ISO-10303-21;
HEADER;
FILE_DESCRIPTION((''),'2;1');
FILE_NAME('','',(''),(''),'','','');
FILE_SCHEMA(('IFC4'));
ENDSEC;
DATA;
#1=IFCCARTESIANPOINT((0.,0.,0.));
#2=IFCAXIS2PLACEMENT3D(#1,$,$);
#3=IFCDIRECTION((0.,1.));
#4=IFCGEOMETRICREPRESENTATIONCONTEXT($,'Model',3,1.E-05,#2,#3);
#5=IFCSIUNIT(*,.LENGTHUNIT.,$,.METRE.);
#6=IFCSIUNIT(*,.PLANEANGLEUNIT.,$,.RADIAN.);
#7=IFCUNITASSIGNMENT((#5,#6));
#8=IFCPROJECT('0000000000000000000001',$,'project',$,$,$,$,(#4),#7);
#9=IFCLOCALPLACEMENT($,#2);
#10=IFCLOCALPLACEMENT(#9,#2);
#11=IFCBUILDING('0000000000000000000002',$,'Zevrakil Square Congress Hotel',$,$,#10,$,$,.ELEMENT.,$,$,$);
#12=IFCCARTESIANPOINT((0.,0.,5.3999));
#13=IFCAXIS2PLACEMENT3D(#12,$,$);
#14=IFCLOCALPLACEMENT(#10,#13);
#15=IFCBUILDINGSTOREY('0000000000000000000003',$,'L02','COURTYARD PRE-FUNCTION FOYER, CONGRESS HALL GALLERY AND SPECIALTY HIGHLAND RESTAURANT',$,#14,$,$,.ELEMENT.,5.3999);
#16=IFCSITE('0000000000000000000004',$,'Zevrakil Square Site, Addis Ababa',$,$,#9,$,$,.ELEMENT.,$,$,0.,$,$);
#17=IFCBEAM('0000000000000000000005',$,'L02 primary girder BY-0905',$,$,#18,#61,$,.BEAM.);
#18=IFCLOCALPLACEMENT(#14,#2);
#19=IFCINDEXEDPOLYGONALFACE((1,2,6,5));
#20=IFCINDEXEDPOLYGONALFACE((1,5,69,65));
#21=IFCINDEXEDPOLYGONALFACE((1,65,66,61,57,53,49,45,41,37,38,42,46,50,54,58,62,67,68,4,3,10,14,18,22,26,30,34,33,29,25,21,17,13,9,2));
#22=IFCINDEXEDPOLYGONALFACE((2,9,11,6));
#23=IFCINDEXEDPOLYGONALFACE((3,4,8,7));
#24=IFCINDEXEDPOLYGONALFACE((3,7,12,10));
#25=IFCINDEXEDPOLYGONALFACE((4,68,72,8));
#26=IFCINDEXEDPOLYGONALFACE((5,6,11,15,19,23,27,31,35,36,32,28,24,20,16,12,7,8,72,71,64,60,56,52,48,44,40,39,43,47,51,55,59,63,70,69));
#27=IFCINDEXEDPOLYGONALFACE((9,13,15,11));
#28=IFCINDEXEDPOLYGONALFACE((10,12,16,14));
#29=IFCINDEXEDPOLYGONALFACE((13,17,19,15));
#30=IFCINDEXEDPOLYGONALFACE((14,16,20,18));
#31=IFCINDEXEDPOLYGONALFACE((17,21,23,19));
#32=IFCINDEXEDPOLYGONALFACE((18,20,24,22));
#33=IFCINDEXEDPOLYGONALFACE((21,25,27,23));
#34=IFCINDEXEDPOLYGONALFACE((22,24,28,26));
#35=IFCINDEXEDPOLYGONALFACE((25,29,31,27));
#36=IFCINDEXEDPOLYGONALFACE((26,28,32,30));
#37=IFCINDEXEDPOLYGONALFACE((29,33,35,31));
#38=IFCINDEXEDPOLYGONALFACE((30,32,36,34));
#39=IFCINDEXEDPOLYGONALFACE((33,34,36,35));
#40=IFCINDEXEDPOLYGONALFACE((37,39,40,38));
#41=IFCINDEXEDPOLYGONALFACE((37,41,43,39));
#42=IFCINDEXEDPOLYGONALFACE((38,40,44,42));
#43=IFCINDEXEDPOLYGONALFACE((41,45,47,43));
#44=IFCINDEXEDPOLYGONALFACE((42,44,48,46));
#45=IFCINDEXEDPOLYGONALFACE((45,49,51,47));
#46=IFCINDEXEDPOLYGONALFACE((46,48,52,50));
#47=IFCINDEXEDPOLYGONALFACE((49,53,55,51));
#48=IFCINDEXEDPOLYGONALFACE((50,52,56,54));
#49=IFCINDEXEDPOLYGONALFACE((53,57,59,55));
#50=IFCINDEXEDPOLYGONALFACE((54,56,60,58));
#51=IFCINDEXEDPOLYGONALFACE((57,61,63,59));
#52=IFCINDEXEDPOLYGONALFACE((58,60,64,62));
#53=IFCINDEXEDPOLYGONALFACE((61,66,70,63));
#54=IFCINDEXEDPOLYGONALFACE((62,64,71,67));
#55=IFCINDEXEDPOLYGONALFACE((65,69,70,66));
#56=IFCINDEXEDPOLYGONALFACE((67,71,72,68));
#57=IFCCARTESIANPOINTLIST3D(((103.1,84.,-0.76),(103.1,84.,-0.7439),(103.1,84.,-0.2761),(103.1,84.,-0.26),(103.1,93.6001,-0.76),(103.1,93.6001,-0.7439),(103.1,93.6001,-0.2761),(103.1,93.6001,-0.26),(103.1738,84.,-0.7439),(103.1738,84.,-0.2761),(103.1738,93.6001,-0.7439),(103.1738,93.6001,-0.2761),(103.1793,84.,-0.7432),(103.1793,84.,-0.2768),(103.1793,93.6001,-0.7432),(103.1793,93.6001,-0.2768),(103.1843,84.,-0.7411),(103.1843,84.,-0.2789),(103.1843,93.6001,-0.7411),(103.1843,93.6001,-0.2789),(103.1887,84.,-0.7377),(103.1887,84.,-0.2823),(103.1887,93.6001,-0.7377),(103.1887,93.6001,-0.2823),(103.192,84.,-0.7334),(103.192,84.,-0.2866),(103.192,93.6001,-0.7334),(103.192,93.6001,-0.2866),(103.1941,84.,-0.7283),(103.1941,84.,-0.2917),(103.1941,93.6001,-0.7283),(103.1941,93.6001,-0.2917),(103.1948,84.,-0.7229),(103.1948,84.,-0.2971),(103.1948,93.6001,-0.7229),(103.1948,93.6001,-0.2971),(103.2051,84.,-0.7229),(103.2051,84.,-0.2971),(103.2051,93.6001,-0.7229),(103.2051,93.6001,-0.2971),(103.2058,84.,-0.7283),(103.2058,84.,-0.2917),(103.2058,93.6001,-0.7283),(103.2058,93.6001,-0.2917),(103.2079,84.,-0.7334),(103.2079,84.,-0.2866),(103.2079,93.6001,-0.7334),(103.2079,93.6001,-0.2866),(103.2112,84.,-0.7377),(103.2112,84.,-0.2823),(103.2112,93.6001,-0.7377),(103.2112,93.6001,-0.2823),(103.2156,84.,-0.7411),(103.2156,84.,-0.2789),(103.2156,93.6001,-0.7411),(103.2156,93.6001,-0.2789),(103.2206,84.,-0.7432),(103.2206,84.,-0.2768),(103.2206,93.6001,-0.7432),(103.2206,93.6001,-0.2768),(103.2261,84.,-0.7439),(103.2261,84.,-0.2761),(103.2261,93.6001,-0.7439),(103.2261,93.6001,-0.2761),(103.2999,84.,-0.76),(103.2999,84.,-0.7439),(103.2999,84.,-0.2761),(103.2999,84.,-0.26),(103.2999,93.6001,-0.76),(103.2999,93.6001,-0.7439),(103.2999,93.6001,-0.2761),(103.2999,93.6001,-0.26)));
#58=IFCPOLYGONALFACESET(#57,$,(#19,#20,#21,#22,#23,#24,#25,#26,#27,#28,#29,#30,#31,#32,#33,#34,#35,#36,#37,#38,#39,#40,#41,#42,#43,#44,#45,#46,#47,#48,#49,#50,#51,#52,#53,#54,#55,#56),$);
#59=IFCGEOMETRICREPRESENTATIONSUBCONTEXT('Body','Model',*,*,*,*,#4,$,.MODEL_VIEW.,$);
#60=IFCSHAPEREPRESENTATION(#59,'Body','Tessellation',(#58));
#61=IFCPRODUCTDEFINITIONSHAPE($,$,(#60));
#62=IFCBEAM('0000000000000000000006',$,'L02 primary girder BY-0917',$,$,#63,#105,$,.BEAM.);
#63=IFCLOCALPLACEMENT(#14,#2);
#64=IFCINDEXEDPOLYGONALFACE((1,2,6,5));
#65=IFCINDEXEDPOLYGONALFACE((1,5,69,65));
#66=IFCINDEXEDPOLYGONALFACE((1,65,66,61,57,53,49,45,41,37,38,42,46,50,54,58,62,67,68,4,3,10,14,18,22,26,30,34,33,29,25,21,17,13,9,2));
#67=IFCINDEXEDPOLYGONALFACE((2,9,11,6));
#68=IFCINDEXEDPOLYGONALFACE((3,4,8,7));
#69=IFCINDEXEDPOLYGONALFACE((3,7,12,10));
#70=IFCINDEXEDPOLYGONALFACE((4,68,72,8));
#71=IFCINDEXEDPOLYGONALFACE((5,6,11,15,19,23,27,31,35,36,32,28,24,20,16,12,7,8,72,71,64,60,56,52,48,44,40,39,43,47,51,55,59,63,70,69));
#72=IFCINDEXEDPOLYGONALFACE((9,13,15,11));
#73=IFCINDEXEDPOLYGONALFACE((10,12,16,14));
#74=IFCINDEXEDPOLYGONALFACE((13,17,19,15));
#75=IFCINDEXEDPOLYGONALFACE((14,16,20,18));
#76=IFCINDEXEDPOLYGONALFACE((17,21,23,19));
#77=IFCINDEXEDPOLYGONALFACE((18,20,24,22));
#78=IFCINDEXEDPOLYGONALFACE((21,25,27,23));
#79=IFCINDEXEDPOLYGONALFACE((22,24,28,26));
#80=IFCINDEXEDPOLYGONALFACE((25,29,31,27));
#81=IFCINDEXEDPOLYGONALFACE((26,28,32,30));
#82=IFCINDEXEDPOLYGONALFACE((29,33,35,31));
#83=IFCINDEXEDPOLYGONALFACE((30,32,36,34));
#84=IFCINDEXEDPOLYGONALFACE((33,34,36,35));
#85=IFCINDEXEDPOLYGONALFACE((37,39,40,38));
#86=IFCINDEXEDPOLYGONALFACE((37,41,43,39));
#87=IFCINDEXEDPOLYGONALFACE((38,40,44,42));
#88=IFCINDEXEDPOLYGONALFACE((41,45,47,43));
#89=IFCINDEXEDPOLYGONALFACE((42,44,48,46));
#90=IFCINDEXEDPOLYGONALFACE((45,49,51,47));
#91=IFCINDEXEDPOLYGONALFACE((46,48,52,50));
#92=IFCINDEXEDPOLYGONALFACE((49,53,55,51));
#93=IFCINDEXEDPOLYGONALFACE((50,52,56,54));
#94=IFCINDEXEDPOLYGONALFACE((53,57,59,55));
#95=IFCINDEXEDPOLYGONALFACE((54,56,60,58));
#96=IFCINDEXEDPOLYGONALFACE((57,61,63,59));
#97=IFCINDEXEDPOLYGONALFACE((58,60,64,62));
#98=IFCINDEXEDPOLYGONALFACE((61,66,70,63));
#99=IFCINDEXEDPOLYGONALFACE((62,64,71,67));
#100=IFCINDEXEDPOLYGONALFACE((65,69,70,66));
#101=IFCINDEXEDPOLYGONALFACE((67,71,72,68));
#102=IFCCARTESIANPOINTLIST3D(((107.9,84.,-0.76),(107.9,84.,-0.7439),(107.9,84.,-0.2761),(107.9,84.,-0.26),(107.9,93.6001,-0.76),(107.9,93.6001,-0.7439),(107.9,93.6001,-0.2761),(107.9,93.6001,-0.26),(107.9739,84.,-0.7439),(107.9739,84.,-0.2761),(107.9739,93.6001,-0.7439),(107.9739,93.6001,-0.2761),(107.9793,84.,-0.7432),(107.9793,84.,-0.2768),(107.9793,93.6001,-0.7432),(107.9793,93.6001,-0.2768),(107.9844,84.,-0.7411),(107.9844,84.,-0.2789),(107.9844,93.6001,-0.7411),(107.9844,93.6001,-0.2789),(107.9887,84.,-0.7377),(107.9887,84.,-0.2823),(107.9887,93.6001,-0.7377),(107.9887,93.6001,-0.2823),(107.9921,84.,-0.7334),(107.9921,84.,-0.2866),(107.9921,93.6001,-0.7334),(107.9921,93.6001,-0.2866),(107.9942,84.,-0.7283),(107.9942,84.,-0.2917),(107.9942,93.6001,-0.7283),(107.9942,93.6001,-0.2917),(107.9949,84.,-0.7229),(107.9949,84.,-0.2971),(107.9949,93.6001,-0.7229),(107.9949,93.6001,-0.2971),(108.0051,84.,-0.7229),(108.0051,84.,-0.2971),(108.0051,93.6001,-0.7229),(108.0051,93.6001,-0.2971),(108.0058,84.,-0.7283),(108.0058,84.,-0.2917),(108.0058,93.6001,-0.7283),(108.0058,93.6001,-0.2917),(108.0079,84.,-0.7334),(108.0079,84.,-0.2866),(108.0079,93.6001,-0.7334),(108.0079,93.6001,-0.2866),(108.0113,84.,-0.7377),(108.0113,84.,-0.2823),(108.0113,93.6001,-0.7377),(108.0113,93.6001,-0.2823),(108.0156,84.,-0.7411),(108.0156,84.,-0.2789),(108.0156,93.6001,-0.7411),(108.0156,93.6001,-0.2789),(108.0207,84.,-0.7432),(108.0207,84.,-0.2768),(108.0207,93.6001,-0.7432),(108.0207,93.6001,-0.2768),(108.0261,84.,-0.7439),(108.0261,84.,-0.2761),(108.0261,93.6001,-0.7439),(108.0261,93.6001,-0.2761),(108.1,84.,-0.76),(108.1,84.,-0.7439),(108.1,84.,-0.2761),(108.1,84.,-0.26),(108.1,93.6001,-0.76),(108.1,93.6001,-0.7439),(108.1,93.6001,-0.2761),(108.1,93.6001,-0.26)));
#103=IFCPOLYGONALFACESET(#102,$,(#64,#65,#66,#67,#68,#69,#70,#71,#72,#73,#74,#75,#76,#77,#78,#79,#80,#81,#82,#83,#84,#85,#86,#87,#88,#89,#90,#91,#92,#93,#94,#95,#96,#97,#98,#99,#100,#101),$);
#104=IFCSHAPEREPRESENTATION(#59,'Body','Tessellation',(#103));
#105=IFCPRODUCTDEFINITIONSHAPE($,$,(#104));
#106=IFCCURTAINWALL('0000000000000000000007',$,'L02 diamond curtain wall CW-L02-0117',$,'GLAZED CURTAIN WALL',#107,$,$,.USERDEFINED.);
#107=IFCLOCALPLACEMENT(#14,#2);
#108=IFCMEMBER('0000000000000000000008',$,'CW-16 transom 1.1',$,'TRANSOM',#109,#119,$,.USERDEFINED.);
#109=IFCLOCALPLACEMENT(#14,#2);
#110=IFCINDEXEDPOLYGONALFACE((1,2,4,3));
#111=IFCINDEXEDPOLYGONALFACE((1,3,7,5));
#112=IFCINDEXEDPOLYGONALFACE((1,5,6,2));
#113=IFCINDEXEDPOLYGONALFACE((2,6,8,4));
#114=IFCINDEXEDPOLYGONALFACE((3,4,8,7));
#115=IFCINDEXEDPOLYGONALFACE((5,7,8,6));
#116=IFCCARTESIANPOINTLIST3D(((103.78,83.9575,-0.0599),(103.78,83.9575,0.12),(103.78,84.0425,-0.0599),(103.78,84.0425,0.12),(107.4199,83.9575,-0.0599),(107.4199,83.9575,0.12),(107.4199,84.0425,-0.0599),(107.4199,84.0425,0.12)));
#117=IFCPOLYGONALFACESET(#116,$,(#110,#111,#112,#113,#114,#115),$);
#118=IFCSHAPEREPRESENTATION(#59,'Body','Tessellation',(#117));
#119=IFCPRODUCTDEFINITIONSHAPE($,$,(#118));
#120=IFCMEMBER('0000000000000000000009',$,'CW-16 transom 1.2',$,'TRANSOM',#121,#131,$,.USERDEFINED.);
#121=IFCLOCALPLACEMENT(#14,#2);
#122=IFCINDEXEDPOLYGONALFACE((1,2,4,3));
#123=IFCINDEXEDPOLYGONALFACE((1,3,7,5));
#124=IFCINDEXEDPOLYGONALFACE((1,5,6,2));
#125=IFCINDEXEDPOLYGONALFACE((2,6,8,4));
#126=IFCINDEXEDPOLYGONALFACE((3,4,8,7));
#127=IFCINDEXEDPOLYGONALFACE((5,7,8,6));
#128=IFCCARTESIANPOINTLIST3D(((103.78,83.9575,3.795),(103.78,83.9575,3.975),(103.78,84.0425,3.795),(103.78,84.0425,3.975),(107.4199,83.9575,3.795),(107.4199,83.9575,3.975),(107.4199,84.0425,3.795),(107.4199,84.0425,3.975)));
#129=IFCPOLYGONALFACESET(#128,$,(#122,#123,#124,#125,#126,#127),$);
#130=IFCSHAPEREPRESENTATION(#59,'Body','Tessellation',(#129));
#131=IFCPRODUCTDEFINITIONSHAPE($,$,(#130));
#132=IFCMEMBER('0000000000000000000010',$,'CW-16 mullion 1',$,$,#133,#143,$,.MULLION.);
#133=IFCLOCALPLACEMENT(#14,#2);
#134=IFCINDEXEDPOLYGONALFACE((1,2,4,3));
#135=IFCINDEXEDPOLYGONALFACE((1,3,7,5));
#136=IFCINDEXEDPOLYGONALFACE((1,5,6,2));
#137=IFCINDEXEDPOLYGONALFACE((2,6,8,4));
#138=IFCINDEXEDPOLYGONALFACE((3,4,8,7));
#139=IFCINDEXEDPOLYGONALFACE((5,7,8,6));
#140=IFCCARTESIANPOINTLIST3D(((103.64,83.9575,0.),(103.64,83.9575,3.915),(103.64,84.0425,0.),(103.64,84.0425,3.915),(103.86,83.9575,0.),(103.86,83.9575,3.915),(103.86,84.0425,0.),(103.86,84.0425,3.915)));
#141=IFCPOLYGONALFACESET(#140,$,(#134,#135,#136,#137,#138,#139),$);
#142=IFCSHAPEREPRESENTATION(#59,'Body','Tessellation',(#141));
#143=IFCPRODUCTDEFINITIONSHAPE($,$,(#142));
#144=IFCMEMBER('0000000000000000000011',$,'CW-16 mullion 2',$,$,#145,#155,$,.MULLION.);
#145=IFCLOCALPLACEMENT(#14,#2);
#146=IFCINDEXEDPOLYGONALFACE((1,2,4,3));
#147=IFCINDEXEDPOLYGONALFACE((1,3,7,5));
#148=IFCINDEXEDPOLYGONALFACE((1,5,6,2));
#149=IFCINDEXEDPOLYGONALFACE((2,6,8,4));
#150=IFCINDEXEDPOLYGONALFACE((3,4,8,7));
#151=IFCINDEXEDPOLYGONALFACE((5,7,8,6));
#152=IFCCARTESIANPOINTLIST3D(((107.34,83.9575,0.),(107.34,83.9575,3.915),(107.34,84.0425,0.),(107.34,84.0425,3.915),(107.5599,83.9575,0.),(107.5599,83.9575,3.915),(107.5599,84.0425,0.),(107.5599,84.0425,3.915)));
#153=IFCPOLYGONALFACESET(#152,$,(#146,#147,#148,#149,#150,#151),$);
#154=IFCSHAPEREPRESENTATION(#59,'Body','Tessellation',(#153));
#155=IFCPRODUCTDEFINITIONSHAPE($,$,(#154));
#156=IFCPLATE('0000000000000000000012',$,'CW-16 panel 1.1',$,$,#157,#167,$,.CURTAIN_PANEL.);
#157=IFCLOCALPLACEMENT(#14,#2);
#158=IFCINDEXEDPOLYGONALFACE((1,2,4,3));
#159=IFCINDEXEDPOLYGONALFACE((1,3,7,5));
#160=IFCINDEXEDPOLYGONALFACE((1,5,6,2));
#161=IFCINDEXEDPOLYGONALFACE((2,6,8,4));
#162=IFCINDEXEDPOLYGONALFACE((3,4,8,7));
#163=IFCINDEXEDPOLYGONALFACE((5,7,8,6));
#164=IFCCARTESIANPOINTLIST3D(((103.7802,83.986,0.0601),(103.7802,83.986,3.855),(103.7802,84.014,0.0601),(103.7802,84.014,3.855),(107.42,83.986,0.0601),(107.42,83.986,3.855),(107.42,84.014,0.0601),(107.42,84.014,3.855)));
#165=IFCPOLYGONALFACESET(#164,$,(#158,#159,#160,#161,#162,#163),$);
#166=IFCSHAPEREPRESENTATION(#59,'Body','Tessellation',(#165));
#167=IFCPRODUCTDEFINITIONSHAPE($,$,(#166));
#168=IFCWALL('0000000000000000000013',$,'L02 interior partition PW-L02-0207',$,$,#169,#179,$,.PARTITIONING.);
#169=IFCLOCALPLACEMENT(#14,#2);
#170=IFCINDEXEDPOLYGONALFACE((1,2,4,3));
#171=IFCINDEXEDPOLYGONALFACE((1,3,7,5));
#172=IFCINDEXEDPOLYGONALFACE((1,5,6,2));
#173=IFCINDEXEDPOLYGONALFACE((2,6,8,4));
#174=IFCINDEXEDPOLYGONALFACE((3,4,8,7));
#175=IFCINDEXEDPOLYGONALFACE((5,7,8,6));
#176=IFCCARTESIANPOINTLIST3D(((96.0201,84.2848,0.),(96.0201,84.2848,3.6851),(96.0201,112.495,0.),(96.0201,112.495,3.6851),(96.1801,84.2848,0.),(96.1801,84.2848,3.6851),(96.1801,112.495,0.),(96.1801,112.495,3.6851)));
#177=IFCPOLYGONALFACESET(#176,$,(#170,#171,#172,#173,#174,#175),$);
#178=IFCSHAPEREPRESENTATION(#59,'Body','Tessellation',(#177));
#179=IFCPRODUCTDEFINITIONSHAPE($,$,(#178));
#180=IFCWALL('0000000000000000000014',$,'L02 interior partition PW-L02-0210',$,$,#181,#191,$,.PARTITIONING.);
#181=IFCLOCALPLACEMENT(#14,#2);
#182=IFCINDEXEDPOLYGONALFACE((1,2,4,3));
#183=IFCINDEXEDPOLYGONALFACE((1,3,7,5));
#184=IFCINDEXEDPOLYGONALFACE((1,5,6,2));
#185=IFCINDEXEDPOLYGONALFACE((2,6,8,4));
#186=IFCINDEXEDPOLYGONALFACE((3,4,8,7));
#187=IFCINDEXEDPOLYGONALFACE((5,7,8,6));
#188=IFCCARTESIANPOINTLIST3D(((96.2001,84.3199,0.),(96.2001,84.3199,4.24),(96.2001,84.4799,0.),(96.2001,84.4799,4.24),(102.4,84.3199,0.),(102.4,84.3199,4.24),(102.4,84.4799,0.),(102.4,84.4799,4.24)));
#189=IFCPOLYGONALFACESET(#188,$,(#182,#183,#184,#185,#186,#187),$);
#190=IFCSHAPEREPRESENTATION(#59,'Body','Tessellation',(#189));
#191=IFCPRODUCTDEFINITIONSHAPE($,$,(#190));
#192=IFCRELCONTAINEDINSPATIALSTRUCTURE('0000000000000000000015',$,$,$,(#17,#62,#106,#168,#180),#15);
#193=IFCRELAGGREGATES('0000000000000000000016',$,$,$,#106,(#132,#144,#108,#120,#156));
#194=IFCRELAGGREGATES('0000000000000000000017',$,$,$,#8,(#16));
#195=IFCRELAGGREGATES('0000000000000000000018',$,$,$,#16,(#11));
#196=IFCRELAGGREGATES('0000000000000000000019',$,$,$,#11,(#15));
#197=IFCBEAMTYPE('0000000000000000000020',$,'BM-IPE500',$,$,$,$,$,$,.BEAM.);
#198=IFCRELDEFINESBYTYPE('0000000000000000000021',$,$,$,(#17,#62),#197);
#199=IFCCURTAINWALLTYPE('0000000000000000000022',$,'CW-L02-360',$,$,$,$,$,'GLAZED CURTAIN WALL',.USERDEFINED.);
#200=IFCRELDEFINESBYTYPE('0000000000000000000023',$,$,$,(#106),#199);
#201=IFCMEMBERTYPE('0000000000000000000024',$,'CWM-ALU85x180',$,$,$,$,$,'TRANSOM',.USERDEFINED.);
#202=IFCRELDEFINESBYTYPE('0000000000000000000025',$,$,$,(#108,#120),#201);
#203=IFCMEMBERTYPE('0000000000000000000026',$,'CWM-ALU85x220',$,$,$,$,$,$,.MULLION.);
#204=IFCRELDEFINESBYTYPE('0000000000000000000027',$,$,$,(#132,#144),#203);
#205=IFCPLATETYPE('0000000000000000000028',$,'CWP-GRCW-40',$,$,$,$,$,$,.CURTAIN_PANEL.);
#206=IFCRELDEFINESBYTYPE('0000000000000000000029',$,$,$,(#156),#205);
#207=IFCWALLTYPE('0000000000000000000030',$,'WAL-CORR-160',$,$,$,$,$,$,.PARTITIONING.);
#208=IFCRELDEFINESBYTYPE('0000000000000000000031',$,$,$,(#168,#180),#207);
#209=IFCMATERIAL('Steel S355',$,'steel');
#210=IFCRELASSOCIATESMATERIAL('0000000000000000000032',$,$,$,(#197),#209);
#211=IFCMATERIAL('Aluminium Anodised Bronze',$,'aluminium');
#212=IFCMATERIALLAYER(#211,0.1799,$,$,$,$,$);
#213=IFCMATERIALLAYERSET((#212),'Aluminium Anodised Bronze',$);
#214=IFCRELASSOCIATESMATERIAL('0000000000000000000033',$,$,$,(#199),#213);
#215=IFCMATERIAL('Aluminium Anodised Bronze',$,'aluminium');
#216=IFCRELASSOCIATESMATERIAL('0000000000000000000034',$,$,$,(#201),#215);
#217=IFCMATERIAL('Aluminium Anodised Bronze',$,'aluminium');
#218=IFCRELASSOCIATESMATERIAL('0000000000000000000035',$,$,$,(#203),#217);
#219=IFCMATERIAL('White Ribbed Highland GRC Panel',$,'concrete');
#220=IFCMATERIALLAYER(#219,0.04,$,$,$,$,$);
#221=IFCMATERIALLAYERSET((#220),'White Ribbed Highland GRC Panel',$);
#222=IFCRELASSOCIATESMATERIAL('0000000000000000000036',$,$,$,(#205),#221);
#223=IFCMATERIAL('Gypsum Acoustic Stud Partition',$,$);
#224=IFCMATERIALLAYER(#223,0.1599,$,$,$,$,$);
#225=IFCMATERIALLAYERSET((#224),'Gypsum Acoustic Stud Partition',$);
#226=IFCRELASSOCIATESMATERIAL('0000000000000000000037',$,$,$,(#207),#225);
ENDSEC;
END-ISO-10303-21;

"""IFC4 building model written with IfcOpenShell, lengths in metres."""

from ifc_helpers import new_model, si_unit, direction, frame, frame_2d, origin, origin_2d, place, context, subcontext, project, spatial, rectangle, i_section, extrude, material, layer, layer_set, material_profile, profile_set, type_object, element, aggregate, save


model = new_model("IFC4")

# Units and contexts
model_context = context("Model", 3, precision=1e-05, world=origin(), true_north=direction((0.0, 1.0)))
body_context = subcontext(model_context, "Body", "Model", "MODEL_VIEW")
ifc_project = project(units=[si_unit("LENGTHUNIT", "METRE"), si_unit("PLANEANGLEUNIT", "RADIAN")], contexts=[model_context])

# Site, building, storey
site_placement = place(None, origin())
site = spatial("IfcSite", under=ifc_project, at=site_placement, Name="Zevrakil Square Site, Addis Ababa", CompositionType="ELEMENT", RefElevation=0.0)
building_placement = place(site_placement, origin())
building = spatial("IfcBuilding", under=site, at=building_placement, Name="Zevrakil Square Congress Hotel", CompositionType="ELEMENT")
storey_placement = place(building_placement, frame((0.0, 0.0, 5.3999)))
storey = spatial("IfcBuildingStorey", under=building, at=storey_placement, Name="L02", Description="COURTYARD PRE-FUNCTION FOYER, CONGRESS HALL GALLERY AND SPECIALTY HIGHLAND RESTAURANT", CompositionType="ELEMENT", Elevation=5.3999)

# Beams
ifc_material_1 = material(Name="Steel S355", Category="steel")
ifc_material_profile_1 = material_profile(ifc_material_1, i_section(OverallWidth=0.2, OverallDepth=0.5, WebThickness=0.0103, FlangeThickness=0.0161, FilletRadius=0.021, at=origin_2d()), Name="IPE 500")
ifc_profile_set_1 = profile_set([ifc_material_profile_1], Name="Steel S355")
beam_type_1 = type_object("IfcBeamType", Name="BM-IPE500", PredefinedType="BEAM", material=ifc_profile_set_1)
for number, where, z_axis, x_axis, name in (
    (1, (103.2, 84.0, -0.51), (0.0, 1.0, 0.0), (-1.0, 0.0, 0.0), "L02 primary girder BY-0905"),
    (2, (108.0, 84.0, -0.51), (0.0, 1.0, 0.0), (-1.0, 0.0, 0.0), "L02 primary girder BY-0917"),
):
    element("IfcBeam", number, at=place(storey_placement, frame(where, z_axis=z_axis, x_axis=x_axis)), inside=storey, type_object=beam_type_1, Name=name, PredefinedType="BEAM", context=body_context, shape_type="SweptSolid", body=[
        extrude(i_section(OverallWidth=0.2, OverallDepth=0.5, WebThickness=0.0103, FlangeThickness=0.0161, FilletRadius=0.021, at=origin_2d()), origin(), (0.0, 0.0, 1.0), 9.6001),
    ])

# Curtain wall, members, plate
ifc_material_2 = material(Name="Aluminium Anodised Bronze", Category="aluminium")
ifc_layer_1 = layer(ifc_material_2, 0.1799)
ifc_layer_set_1 = layer_set([ifc_layer_1], Name="Aluminium Anodised Bronze")
curtain_wall_type = type_object("IfcCurtainWallType", Name="CW-L02-360", ElementType="GLAZED CURTAIN WALL", PredefinedType="USERDEFINED", material=ifc_layer_set_1)
curtain_wall_placement = place(storey_placement, origin())
curtain_wall = element("IfcCurtainWall", 3, at=curtain_wall_placement, inside=storey, type_object=curtain_wall_type, Name="L02 diamond curtain wall CW-L02-0117", ObjectType="GLAZED CURTAIN WALL", PredefinedType="USERDEFINED")
ifc_material_3 = material(Name="Aluminium Anodised Bronze", Category="aluminium")
ifc_material_profile_2 = material_profile(ifc_material_3, rectangle(XDim=0.085, YDim=0.1799, at=origin_2d()), Name="ALU 85x180")
ifc_profile_set_2 = profile_set([ifc_material_profile_2], Name="Aluminium Anodised Bronze")
member_type_1 = type_object("IfcMemberType", Name="CWM-ALU85x180", ElementType="TRANSOM", PredefinedType="USERDEFINED", material=ifc_profile_set_2)
member_1_placement = place(storey_placement, frame((103.78, 84.0, 0.03), z_axis=(1.0, 0.0, 0.0), x_axis=(0.0, 1.0, 0.0)))
member_1 = element("IfcMember", 4, at=member_1_placement, type_object=member_type_1, Name="CW-16 transom 1.1", ObjectType="TRANSOM", PredefinedType="USERDEFINED", context=body_context, shape_type="SweptSolid", body=[
    extrude(rectangle(XDim=0.085, YDim=0.1799, at=origin_2d()), origin(), (0.0, 0.0, 1.0), 3.6399),
])
member_2_placement = place(storey_placement, frame((103.78, 84.0, 3.885), z_axis=(1.0, 0.0, 0.0), x_axis=(0.0, 1.0, 0.0)))
member_2 = element("IfcMember", 5, at=member_2_placement, type_object=member_type_1, Name="CW-16 transom 1.2", ObjectType="TRANSOM", PredefinedType="USERDEFINED", context=body_context, shape_type="SweptSolid", body=[
    extrude(rectangle(XDim=0.085, YDim=0.1799, at=origin_2d()), origin(), (0.0, 0.0, 1.0), 3.6399),
])
ifc_material_4 = material(Name="Aluminium Anodised Bronze", Category="aluminium")
ifc_material_profile_3 = material_profile(ifc_material_4, rectangle(XDim=0.085, YDim=0.22, at=origin_2d()), Name="ALU 85x220")
ifc_profile_set_3 = profile_set([ifc_material_profile_3], Name="Aluminium Anodised Bronze")
member_type_2 = type_object("IfcMemberType", Name="CWM-ALU85x220", PredefinedType="MULLION", material=ifc_profile_set_3)
member_3_placement = place(storey_placement, frame((103.75, 84.0, 0.0), z_axis=(0.0, 0.0, 1.0), x_axis=(0.0, 1.0, 0.0)))
member_3 = element("IfcMember", 6, at=member_3_placement, type_object=member_type_2, Name="CW-16 mullion 1", PredefinedType="MULLION", context=body_context, shape_type="SweptSolid", body=[
    extrude(rectangle(XDim=0.085, YDim=0.22, at=origin_2d()), origin(), (0.0, 0.0, 1.0), 3.915),
])
member_4_placement = place(storey_placement, frame((107.45, 84.0, 0.0), z_axis=(0.0, 0.0, 1.0), x_axis=(0.0, 1.0, 0.0)))
member_4 = element("IfcMember", 7, at=member_4_placement, type_object=member_type_2, Name="CW-16 mullion 2", PredefinedType="MULLION", context=body_context, shape_type="SweptSolid", body=[
    extrude(rectangle(XDim=0.085, YDim=0.22, at=origin_2d()), origin(), (0.0, 0.0, 1.0), 3.915),
])
ifc_material_5 = material(Name="White Ribbed Highland GRC Panel", Category="concrete")
ifc_layer_2 = layer(ifc_material_5, 0.04)
ifc_layer_set_2 = layer_set([ifc_layer_2], Name="White Ribbed Highland GRC Panel")
plate_type = type_object("IfcPlateType", Name="CWP-GRCW-40", PredefinedType="CURTAIN_PANEL", material=ifc_layer_set_2)
plate_placement = place(storey_placement, frame((105.6001, 84.0, 0.0601), z_axis=(0.0, 0.0, 1.0), x_axis=(1.0, 0.0, 0.0)))
plate = element("IfcPlate", 8, at=plate_placement, type_object=plate_type, Name="CW-16 panel 1.1", PredefinedType="CURTAIN_PANEL", context=body_context, shape_type="SweptSolid", body=[
    extrude(rectangle(XDim=3.6399, YDim=0.0281, at=origin_2d()), origin(), (0.0, 0.0, 1.0), 3.7949),
])
aggregate(curtain_wall, [member_3, member_4, member_1, member_2, plate])

# Walls
ifc_material_6 = material(Name="Gypsum Acoustic Stud Partition")
ifc_layer_3 = layer(ifc_material_6, 0.1599)
ifc_layer_set_3 = layer_set([ifc_layer_3], Name="Gypsum Acoustic Stud Partition")
wall_type_1 = type_object("IfcWallType", Name="WAL-CORR-160", PredefinedType="PARTITIONING", material=ifc_layer_set_3)
wall_1_placement = place(storey_placement, frame((96.1001, 84.2849, 0.0), z_axis=(0.0, 0.0, 1.0), x_axis=(0.0, 1.0, 0.0)))
element("IfcWall", 9, at=wall_1_placement, inside=storey, type_object=wall_type_1, Name="L02 interior partition PW-L02-0207", PredefinedType="PARTITIONING", context=body_context, shape_type="SweptSolid", body=[
    extrude(rectangle(XDim=28.2102, YDim=0.1599, at=frame_2d((14.105, 0.0))), origin(), (0.0, 0.0, 1.0), 3.6851),
])
wall_2_placement = place(storey_placement, frame((96.2, 84.3999, 0.0), z_axis=(0.0, 0.0, 1.0), x_axis=(1.0, 0.0, 0.0)))
element("IfcWall", 10, at=wall_2_placement, inside=storey, type_object=wall_type_1, Name="L02 interior partition PW-L02-0210", PredefinedType="PARTITIONING", context=body_context, shape_type="SweptSolid", body=[
    extrude(rectangle(XDim=6.2, YDim=0.1599, at=frame_2d((3.1001, 0.0))), origin(), (0.0, 0.0, 1.0), 4.24),
])

save(model, "model.ifc")
